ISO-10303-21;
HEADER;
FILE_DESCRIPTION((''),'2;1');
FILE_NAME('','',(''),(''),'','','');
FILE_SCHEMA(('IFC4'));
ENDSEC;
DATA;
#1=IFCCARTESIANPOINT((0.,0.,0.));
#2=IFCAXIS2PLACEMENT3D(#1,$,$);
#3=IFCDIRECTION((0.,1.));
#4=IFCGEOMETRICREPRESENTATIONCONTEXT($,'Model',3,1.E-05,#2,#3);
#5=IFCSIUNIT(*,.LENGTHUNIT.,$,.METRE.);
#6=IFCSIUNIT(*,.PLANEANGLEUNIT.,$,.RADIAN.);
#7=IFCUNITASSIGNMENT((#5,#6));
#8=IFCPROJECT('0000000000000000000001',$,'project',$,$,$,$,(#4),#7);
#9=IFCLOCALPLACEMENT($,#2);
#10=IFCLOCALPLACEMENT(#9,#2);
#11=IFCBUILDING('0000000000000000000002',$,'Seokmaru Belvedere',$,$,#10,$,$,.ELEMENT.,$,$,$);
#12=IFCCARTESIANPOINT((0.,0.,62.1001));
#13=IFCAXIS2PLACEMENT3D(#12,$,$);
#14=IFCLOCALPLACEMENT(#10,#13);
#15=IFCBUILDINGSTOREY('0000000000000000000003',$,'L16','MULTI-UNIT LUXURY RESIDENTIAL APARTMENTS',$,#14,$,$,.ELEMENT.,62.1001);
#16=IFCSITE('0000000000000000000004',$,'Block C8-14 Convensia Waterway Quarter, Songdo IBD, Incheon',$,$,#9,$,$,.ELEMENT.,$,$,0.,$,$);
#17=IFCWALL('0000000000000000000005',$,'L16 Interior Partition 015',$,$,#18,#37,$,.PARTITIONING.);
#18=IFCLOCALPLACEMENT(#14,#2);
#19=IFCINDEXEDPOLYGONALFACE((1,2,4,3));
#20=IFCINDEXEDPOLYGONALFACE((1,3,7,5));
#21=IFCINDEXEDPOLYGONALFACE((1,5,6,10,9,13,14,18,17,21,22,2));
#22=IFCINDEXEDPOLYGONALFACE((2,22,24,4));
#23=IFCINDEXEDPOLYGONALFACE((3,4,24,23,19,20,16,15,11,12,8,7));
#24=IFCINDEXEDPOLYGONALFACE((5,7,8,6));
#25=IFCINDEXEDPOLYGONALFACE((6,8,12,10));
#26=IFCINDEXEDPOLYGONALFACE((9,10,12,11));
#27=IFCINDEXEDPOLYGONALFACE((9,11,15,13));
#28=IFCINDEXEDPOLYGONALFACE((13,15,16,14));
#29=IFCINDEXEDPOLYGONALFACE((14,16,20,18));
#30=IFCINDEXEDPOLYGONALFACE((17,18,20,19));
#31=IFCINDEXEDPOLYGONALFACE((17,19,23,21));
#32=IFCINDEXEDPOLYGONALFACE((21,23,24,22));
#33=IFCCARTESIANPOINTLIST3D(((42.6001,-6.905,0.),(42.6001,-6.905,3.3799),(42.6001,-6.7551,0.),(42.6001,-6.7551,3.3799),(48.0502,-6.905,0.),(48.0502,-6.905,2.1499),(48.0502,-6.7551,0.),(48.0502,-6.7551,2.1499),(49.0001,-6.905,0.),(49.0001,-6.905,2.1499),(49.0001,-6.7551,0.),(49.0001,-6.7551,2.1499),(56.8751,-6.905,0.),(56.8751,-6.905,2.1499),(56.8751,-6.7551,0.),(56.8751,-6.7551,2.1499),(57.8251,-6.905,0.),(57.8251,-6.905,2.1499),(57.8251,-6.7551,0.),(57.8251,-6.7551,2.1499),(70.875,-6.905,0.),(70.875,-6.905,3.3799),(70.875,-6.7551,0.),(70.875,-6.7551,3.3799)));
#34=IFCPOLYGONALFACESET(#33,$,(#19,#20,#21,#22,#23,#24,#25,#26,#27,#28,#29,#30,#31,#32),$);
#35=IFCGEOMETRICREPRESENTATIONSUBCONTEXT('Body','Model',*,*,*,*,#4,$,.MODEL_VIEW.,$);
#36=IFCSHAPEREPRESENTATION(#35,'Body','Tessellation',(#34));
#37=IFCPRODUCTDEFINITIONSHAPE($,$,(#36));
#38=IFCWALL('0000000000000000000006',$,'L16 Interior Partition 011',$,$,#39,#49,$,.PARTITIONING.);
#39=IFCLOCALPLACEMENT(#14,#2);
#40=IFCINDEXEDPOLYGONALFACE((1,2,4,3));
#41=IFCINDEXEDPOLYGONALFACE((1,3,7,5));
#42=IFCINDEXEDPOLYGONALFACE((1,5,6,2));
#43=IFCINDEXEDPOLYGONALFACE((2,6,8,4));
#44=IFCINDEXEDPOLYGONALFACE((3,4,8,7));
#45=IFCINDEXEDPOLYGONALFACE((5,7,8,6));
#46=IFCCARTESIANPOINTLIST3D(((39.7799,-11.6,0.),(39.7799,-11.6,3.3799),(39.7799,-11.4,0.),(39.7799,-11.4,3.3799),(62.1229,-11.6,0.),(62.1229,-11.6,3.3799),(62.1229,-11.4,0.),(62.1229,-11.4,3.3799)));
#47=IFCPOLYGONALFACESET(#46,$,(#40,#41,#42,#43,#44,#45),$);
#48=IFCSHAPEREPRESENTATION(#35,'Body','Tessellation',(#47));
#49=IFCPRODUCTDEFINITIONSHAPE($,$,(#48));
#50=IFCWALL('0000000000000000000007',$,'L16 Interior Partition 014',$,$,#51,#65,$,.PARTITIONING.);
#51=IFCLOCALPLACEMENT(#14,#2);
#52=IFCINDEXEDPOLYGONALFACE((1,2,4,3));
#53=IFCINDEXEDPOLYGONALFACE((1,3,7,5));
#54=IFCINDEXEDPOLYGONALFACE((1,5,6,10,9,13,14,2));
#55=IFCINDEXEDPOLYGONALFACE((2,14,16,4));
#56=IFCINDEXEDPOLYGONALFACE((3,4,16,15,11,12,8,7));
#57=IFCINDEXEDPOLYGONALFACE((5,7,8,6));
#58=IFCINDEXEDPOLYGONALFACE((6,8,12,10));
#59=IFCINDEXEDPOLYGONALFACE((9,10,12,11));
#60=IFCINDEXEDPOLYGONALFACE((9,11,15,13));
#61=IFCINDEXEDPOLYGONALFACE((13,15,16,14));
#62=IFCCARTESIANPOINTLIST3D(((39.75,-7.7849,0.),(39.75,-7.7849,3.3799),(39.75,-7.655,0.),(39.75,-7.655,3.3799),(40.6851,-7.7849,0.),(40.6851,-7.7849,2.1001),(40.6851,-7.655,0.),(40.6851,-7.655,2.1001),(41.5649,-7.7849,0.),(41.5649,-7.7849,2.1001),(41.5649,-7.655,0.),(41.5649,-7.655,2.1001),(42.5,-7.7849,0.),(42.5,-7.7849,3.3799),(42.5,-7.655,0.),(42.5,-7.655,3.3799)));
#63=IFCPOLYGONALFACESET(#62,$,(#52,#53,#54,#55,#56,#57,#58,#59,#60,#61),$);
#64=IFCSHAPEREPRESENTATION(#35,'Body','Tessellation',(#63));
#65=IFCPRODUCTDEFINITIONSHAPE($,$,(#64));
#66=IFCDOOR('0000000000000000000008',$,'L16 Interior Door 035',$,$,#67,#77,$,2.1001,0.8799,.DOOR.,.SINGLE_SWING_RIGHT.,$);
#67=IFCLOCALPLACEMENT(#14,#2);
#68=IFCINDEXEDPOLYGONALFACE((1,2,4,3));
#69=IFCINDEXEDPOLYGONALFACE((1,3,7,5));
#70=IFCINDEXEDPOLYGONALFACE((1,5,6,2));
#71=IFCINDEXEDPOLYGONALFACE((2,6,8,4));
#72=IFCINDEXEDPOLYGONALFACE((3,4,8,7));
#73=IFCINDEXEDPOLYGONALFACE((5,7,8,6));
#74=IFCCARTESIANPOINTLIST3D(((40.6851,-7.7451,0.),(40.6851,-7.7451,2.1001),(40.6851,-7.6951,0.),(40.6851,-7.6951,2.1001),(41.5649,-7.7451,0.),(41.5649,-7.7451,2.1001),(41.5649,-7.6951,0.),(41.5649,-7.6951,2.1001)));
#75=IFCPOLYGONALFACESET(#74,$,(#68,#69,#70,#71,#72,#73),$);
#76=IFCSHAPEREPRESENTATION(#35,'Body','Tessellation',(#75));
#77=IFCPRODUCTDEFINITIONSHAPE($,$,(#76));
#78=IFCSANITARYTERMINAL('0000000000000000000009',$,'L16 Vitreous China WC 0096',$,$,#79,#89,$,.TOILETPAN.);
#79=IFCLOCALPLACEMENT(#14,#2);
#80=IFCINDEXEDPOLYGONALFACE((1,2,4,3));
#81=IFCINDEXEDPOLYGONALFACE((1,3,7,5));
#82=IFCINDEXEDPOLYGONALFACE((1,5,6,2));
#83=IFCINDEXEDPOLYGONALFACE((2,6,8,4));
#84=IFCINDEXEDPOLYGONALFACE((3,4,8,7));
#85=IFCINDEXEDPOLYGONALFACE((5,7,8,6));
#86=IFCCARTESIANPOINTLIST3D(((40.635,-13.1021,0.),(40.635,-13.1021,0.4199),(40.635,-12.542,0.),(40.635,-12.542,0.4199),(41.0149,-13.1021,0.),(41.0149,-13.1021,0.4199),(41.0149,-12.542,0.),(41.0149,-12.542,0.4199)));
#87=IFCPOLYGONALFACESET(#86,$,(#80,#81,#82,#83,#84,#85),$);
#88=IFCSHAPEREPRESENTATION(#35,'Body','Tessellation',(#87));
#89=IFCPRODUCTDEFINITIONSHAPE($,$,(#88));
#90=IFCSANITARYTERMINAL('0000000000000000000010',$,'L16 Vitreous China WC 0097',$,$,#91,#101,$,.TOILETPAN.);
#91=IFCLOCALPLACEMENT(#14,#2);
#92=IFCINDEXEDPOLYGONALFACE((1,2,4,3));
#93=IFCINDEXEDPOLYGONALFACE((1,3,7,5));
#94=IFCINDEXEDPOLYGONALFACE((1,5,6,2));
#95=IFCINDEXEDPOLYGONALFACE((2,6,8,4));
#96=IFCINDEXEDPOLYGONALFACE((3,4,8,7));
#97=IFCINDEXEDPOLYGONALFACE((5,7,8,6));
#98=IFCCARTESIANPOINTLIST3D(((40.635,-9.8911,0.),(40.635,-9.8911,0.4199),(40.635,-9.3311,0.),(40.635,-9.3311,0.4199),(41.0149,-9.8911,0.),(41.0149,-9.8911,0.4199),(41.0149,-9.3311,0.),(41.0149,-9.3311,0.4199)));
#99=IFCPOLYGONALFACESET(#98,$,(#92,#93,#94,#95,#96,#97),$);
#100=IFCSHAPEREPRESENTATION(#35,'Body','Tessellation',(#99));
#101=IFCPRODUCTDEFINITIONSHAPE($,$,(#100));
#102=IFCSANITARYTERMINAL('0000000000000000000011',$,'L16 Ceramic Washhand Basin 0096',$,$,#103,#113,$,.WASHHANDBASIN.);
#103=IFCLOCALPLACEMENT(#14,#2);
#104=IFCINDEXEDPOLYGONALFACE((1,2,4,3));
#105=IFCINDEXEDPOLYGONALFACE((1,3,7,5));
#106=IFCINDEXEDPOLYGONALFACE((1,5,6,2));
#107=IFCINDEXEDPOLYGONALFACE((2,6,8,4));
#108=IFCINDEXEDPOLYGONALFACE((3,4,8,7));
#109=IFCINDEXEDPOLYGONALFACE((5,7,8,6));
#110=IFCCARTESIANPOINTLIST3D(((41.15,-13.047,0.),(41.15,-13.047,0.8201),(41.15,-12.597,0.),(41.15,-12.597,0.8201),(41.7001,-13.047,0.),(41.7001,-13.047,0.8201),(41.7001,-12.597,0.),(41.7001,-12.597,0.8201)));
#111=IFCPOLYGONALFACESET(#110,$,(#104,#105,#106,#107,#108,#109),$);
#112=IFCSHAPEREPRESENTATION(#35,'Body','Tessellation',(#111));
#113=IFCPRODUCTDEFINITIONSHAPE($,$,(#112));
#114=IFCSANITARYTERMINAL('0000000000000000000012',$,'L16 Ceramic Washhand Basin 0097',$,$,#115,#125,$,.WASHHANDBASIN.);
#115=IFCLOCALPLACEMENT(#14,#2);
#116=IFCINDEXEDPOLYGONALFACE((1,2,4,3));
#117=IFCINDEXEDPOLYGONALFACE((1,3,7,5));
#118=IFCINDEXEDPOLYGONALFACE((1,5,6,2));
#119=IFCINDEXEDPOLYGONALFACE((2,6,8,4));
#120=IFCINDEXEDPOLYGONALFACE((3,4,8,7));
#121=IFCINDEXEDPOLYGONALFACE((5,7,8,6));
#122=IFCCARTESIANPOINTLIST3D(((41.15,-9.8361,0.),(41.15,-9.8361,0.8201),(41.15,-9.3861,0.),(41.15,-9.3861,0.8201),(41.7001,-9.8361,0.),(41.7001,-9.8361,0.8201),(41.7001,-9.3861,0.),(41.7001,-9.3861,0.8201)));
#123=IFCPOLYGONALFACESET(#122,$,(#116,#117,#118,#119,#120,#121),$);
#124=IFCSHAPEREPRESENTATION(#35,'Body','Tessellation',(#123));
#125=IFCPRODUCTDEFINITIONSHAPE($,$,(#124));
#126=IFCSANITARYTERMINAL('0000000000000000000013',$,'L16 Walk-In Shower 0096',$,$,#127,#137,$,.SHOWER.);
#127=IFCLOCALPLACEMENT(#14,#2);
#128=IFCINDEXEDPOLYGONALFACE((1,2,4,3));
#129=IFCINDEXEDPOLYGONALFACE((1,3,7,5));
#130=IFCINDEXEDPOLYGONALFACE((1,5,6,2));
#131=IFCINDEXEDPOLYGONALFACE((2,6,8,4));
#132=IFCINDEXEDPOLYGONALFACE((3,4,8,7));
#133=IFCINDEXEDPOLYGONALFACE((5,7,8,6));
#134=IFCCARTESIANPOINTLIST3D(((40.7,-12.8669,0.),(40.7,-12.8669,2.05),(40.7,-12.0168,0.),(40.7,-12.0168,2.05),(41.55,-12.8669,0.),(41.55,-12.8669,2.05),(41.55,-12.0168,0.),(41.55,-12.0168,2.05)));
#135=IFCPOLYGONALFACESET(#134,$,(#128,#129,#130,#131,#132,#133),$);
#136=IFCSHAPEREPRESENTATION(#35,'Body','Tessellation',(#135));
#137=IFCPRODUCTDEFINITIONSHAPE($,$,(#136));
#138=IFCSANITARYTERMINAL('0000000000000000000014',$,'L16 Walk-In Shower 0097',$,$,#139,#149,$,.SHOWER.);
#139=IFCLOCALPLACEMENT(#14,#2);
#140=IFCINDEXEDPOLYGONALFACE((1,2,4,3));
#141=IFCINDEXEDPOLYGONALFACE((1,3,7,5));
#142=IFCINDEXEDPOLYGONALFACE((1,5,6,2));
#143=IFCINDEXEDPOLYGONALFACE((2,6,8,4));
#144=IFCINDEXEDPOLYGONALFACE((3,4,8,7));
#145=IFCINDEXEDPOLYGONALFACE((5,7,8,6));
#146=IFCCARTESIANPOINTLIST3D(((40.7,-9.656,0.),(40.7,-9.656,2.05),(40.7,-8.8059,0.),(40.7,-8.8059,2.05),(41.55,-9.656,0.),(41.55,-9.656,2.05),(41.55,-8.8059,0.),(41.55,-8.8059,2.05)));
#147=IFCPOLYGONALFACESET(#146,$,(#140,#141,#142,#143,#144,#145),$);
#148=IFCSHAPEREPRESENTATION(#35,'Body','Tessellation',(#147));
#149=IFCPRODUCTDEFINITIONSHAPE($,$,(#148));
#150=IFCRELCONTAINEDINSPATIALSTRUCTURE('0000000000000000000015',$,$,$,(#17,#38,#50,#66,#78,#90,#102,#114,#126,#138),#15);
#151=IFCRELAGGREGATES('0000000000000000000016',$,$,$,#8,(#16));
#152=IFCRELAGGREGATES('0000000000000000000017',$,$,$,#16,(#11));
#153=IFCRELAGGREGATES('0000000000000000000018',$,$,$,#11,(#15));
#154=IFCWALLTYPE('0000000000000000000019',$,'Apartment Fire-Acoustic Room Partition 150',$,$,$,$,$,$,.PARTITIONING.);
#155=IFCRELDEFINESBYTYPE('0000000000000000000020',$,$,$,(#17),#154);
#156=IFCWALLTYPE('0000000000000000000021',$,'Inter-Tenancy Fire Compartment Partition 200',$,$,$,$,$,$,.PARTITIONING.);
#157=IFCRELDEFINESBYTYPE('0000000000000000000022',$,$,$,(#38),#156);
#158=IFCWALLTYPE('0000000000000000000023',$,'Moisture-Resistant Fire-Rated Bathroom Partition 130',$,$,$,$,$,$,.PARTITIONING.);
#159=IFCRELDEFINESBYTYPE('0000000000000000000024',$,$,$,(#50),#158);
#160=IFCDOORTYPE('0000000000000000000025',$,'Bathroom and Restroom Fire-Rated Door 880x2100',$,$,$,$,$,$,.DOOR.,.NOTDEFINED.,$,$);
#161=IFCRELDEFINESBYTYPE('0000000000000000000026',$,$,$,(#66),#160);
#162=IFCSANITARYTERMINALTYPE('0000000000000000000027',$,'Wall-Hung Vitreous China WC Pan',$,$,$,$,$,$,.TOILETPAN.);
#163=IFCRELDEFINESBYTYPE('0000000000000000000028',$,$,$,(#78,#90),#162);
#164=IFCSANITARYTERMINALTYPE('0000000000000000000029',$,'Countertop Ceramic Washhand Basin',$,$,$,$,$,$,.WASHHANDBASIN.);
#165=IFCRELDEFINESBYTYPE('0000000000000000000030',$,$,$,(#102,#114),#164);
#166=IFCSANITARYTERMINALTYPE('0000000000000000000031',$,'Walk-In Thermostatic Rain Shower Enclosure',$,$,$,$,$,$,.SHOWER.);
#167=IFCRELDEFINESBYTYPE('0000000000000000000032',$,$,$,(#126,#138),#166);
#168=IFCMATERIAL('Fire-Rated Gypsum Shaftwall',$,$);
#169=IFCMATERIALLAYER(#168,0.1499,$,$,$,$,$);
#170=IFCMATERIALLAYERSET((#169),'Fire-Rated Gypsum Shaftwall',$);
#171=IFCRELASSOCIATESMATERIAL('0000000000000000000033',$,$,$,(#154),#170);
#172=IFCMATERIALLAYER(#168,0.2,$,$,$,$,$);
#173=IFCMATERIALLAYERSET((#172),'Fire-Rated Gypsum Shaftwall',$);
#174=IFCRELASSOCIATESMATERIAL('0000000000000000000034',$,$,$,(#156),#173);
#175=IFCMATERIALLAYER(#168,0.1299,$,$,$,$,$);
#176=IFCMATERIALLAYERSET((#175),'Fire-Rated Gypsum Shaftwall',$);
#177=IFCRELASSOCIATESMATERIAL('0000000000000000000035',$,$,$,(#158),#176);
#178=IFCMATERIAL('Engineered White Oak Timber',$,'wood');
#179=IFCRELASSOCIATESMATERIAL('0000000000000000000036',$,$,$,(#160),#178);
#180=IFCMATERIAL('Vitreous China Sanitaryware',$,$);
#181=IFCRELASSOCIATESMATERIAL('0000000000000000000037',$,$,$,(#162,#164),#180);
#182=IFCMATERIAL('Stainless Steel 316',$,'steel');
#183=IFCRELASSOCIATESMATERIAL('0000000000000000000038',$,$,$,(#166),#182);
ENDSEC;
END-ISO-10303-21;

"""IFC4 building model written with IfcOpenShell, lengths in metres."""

from ifc_helpers import new_model, si_unit, direction, frame, frame_2d, origin, origin_2d, place, context, subcontext, project, spatial, rectangle, extrude, source, transform, mapped, material, layer, layer_set, type_object, type_shapes, element, fill, save


model = new_model("IFC4")

# Units and contexts
model_context = context("Model", 3, precision=1e-05, world=origin(), true_north=direction((0.0, 1.0)))
body_context = subcontext(model_context, "Body", "Model", "MODEL_VIEW")
ifc_project = project(units=[si_unit("LENGTHUNIT", "METRE"), si_unit("PLANEANGLEUNIT", "RADIAN")], contexts=[model_context])

# Site, building, storey
site_placement = place(None, origin())
site = spatial("IfcSite", under=ifc_project, at=site_placement, Name="Block C8-14 Convensia Waterway Quarter, Songdo IBD, Incheon", CompositionType="ELEMENT", RefElevation=0.0)
building_placement = place(site_placement, origin())
building = spatial("IfcBuilding", under=site, at=building_placement, Name="Seokmaru Belvedere", CompositionType="ELEMENT")
storey_placement = place(building_placement, frame((0.0, 0.0, 62.1001)))
storey = spatial("IfcBuildingStorey", under=building, at=storey_placement, Name="L16", Description="MULTI-UNIT LUXURY RESIDENTIAL APARTMENTS", CompositionType="ELEMENT", Elevation=62.1001)

# Wall, openings
ifc_material_1 = material(Name="Fire-Rated Gypsum Shaftwall")
ifc_layer_1 = layer(ifc_material_1, 0.1499)
ifc_layer_set_1 = layer_set([ifc_layer_1], Name="Fire-Rated Gypsum Shaftwall")
wall_type_1 = type_object("IfcWallType", Name="Apartment Fire-Acoustic Room Partition 150", PredefinedType="PARTITIONING", material=ifc_layer_set_1)
wall_1_placement = place(storey_placement, frame((42.6001, -6.8301, 0.0), z_axis=(0.0, 0.0, 1.0), x_axis=(1.0, 0.0, 0.0)))
wall_1 = element("IfcWall", 1, at=wall_1_placement, inside=storey, type_object=wall_type_1, Name="L16 Interior Partition 015", PredefinedType="PARTITIONING", context=body_context, shape_type="SweptSolid", body=[
    extrude(rectangle(XDim=28.2749, YDim=0.1499, at=frame_2d((14.1375, 0.0))), origin(), (0.0, 0.0, 1.0), 3.3799),
])
opening_1_placement = place(wall_1_placement, frame((5.45, 0.0, 0.0)))
element("IfcOpeningElement", 2, at=opening_1_placement, cuts=wall_1, PredefinedType="OPENING", context=body_context, shape_type="SweptSolid", body=[
    extrude(rectangle(XDim=0.95, YDim=2.1499, at=frame_2d((0.4751, 1.075))), frame((0.0, 0.085, 0.0), z_axis=(0.0, -1.0, 0.0), x_axis=(1.0, 0.0, 0.0)), (0.0, 0.0, 1.0), 0.1699),
])
opening_2_placement = place(wall_1_placement, frame((14.2749, 0.0, 0.0)))
element("IfcOpeningElement", 3, at=opening_2_placement, cuts=wall_1, PredefinedType="OPENING", context=body_context, shape_type="SweptSolid", body=[
    extrude(rectangle(XDim=0.95, YDim=2.1499, at=frame_2d((0.4751, 1.075))), frame((0.0, 0.085, 0.0), z_axis=(0.0, -1.0, 0.0), x_axis=(1.0, 0.0, 0.0)), (0.0, 0.0, 1.0), 0.1699),
])

# Wall
ifc_layer_2 = layer(ifc_material_1, 0.2)
ifc_layer_set_2 = layer_set([ifc_layer_2], Name="Fire-Rated Gypsum Shaftwall")
wall_type_2 = type_object("IfcWallType", Name="Inter-Tenancy Fire Compartment Partition 200", PredefinedType="PARTITIONING", material=ifc_layer_set_2)
wall_2_placement = place(storey_placement, frame((39.78, -11.5, 0.0), z_axis=(0.0, 0.0, 1.0), x_axis=(1.0, 0.0, 0.0)))
element("IfcWall", 4, at=wall_2_placement, inside=storey, type_object=wall_type_2, Name="L16 Interior Partition 011", PredefinedType="PARTITIONING", context=body_context, shape_type="SweptSolid", body=[
    extrude(rectangle(XDim=22.343, YDim=0.2, at=frame_2d((11.1714, 0.0))), origin(), (0.0, 0.0, 1.0), 3.3799),
])

# Wall, opening, door
ifc_layer_3 = layer(ifc_material_1, 0.1299)
ifc_layer_set_3 = layer_set([ifc_layer_3], Name="Fire-Rated Gypsum Shaftwall")
wall_type_3 = type_object("IfcWallType", Name="Moisture-Resistant Fire-Rated Bathroom Partition 130", PredefinedType="PARTITIONING", material=ifc_layer_set_3)
wall_3_placement = place(storey_placement, frame((39.75, -7.72, 0.0), z_axis=(0.0, 0.0, 1.0), x_axis=(1.0, 0.0, 0.0)))
wall_3 = element("IfcWall", 5, at=wall_3_placement, inside=storey, type_object=wall_type_3, Name="L16 Interior Partition 014", PredefinedType="PARTITIONING", context=body_context, shape_type="SweptSolid", body=[
    extrude(rectangle(XDim=2.75, YDim=0.1299, at=frame_2d((1.375, 0.0))), origin(), (0.0, 0.0, 1.0), 3.3799),
])
opening_3_placement = place(wall_3_placement, frame((0.9351, 0.0, 0.0)))
opening_3 = element("IfcOpeningElement", 6, at=opening_3_placement, cuts=wall_3, PredefinedType="OPENING", context=body_context, shape_type="SweptSolid", body=[
    extrude(rectangle(XDim=0.8799, YDim=2.1001, at=frame_2d((0.4399, 1.05))), frame((0.0, 0.075, 0.0), z_axis=(0.0, -1.0, 0.0), x_axis=(1.0, 0.0, 0.0)), (0.0, 0.0, 1.0), 0.1499),
])
ifc_material_2 = material(Name="Engineered White Oak Timber", Category="wood")
door_type = type_object("IfcDoorType", Name="Bathroom and Restroom Fire-Rated Door 880x2100", OperationType="NOTDEFINED", PredefinedType="DOOR", material=ifc_material_2)
shared_shape_1 = source(origin(), body_context, "Body", "SweptSolid", [
    extrude(rectangle(XDim=0.8799, YDim=2.1001, at=frame_2d((0.4399, 1.05))), frame((0.0, 0.0249, 0.0), z_axis=(0.0, -1.0, 0.0), x_axis=(1.0, 0.0, 0.0)), (0.0, 0.0, 1.0), 0.05),
])
type_shapes(door_type, [shared_shape_1])
door_placement = place(opening_3_placement, origin())
door = element("IfcDoor", 7, at=door_placement, inside=storey, type_object=door_type, Name="L16 Interior Door 035", OperationType="SINGLE_SWING_RIGHT", OverallHeight=2.1001, OverallWidth=0.8799, PredefinedType="DOOR", context=body_context, shape_type="MappedRepresentation", body=[
    mapped(shared_shape_1, transform((0.0, 0.0, 0.0), scale=1.0)),
])
fill(opening_3, door)

# Sanitary terminals
ifc_material_3 = material(Name="Vitreous China Sanitaryware")
sanitary_terminal_type_1 = type_object("IfcSanitaryTerminalType", Name="Wall-Hung Vitreous China WC Pan", PredefinedType="TOILETPAN", material=ifc_material_3)
shared_shape_2 = source(origin(), body_context, "Body", "SweptSolid", [
    extrude(rectangle(XDim=0.3799, YDim=0.5601, at=origin_2d()), origin(), (0.0, 0.0, 1.0), 0.4199),
])
type_shapes(sanitary_terminal_type_1, [shared_shape_2])
for number, where, z_axis, x_axis, name in (
    (8, (40.825, -12.822, 0.0), (0.0, 0.0, 1.0), (1.0, 0.0, 0.0), "L16 Vitreous China WC 0096"),
    (9, (40.825, -9.6111, 0.0), (0.0, 0.0, 1.0), (1.0, 0.0, 0.0), "L16 Vitreous China WC 0097"),
):
    element("IfcSanitaryTerminal", number, at=place(storey_placement, frame(where, z_axis=z_axis, x_axis=x_axis)), inside=storey, type_object=sanitary_terminal_type_1, Name=name, PredefinedType="TOILETPAN", context=body_context, shape_type="MappedRepresentation", body=[
        mapped(shared_shape_2, transform((0.0, 0.0, 0.0), scale=1.0)),
    ])
sanitary_terminal_type_2 = type_object("IfcSanitaryTerminalType", Name="Countertop Ceramic Washhand Basin", PredefinedType="WASHHANDBASIN", material=ifc_material_3)
shared_shape_3 = source(origin(), body_context, "Body", "SweptSolid", [
    extrude(rectangle(XDim=0.55, YDim=0.45, at=origin_2d()), origin(), (0.0, 0.0, 1.0), 0.8201),
])
type_shapes(sanitary_terminal_type_2, [shared_shape_3])
for number, where, z_axis, x_axis, name in (
    (10, (41.425, -12.822, 0.0), (0.0, 0.0, 1.0), (1.0, 0.0, 0.0), "L16 Ceramic Washhand Basin 0096"),
    (11, (41.425, -9.6111, 0.0), (0.0, 0.0, 1.0), (1.0, 0.0, 0.0), "L16 Ceramic Washhand Basin 0097"),
):
    element("IfcSanitaryTerminal", number, at=place(storey_placement, frame(where, z_axis=z_axis, x_axis=x_axis)), inside=storey, type_object=sanitary_terminal_type_2, Name=name, PredefinedType="WASHHANDBASIN", context=body_context, shape_type="MappedRepresentation", body=[
        mapped(shared_shape_3, transform((0.0, 0.0, 0.0), scale=1.0)),
    ])
ifc_material_4 = material(Name="Stainless Steel 316", Category="steel")
sanitary_terminal_type_3 = type_object("IfcSanitaryTerminalType", Name="Walk-In Thermostatic Rain Shower Enclosure", PredefinedType="SHOWER", material=ifc_material_4)
shared_shape_4 = source(origin(), body_context, "Body", "SweptSolid", [
    extrude(rectangle(XDim=0.8501, YDim=0.8501, at=origin_2d()), origin(), (0.0, 0.0, 1.0), 2.05),
])
type_shapes(sanitary_terminal_type_3, [shared_shape_4])
for number, where, z_axis, x_axis, name in (
    (12, (41.125, -12.4419, 0.0), (0.0, 0.0, 1.0), (1.0, 0.0, 0.0), "L16 Walk-In Shower 0096"),
    (13, (41.125, -9.231, 0.0), (0.0, 0.0, 1.0), (1.0, 0.0, 0.0), "L16 Walk-In Shower 0097"),
):
    element("IfcSanitaryTerminal", number, at=place(storey_placement, frame(where, z_axis=z_axis, x_axis=x_axis)), inside=storey, type_object=sanitary_terminal_type_3, Name=name, PredefinedType="SHOWER", context=body_context, shape_type="MappedRepresentation", body=[
        mapped(shared_shape_4, transform((0.0, 0.0, 0.0), scale=1.0)),
    ])

save(model, "model.ifc")
